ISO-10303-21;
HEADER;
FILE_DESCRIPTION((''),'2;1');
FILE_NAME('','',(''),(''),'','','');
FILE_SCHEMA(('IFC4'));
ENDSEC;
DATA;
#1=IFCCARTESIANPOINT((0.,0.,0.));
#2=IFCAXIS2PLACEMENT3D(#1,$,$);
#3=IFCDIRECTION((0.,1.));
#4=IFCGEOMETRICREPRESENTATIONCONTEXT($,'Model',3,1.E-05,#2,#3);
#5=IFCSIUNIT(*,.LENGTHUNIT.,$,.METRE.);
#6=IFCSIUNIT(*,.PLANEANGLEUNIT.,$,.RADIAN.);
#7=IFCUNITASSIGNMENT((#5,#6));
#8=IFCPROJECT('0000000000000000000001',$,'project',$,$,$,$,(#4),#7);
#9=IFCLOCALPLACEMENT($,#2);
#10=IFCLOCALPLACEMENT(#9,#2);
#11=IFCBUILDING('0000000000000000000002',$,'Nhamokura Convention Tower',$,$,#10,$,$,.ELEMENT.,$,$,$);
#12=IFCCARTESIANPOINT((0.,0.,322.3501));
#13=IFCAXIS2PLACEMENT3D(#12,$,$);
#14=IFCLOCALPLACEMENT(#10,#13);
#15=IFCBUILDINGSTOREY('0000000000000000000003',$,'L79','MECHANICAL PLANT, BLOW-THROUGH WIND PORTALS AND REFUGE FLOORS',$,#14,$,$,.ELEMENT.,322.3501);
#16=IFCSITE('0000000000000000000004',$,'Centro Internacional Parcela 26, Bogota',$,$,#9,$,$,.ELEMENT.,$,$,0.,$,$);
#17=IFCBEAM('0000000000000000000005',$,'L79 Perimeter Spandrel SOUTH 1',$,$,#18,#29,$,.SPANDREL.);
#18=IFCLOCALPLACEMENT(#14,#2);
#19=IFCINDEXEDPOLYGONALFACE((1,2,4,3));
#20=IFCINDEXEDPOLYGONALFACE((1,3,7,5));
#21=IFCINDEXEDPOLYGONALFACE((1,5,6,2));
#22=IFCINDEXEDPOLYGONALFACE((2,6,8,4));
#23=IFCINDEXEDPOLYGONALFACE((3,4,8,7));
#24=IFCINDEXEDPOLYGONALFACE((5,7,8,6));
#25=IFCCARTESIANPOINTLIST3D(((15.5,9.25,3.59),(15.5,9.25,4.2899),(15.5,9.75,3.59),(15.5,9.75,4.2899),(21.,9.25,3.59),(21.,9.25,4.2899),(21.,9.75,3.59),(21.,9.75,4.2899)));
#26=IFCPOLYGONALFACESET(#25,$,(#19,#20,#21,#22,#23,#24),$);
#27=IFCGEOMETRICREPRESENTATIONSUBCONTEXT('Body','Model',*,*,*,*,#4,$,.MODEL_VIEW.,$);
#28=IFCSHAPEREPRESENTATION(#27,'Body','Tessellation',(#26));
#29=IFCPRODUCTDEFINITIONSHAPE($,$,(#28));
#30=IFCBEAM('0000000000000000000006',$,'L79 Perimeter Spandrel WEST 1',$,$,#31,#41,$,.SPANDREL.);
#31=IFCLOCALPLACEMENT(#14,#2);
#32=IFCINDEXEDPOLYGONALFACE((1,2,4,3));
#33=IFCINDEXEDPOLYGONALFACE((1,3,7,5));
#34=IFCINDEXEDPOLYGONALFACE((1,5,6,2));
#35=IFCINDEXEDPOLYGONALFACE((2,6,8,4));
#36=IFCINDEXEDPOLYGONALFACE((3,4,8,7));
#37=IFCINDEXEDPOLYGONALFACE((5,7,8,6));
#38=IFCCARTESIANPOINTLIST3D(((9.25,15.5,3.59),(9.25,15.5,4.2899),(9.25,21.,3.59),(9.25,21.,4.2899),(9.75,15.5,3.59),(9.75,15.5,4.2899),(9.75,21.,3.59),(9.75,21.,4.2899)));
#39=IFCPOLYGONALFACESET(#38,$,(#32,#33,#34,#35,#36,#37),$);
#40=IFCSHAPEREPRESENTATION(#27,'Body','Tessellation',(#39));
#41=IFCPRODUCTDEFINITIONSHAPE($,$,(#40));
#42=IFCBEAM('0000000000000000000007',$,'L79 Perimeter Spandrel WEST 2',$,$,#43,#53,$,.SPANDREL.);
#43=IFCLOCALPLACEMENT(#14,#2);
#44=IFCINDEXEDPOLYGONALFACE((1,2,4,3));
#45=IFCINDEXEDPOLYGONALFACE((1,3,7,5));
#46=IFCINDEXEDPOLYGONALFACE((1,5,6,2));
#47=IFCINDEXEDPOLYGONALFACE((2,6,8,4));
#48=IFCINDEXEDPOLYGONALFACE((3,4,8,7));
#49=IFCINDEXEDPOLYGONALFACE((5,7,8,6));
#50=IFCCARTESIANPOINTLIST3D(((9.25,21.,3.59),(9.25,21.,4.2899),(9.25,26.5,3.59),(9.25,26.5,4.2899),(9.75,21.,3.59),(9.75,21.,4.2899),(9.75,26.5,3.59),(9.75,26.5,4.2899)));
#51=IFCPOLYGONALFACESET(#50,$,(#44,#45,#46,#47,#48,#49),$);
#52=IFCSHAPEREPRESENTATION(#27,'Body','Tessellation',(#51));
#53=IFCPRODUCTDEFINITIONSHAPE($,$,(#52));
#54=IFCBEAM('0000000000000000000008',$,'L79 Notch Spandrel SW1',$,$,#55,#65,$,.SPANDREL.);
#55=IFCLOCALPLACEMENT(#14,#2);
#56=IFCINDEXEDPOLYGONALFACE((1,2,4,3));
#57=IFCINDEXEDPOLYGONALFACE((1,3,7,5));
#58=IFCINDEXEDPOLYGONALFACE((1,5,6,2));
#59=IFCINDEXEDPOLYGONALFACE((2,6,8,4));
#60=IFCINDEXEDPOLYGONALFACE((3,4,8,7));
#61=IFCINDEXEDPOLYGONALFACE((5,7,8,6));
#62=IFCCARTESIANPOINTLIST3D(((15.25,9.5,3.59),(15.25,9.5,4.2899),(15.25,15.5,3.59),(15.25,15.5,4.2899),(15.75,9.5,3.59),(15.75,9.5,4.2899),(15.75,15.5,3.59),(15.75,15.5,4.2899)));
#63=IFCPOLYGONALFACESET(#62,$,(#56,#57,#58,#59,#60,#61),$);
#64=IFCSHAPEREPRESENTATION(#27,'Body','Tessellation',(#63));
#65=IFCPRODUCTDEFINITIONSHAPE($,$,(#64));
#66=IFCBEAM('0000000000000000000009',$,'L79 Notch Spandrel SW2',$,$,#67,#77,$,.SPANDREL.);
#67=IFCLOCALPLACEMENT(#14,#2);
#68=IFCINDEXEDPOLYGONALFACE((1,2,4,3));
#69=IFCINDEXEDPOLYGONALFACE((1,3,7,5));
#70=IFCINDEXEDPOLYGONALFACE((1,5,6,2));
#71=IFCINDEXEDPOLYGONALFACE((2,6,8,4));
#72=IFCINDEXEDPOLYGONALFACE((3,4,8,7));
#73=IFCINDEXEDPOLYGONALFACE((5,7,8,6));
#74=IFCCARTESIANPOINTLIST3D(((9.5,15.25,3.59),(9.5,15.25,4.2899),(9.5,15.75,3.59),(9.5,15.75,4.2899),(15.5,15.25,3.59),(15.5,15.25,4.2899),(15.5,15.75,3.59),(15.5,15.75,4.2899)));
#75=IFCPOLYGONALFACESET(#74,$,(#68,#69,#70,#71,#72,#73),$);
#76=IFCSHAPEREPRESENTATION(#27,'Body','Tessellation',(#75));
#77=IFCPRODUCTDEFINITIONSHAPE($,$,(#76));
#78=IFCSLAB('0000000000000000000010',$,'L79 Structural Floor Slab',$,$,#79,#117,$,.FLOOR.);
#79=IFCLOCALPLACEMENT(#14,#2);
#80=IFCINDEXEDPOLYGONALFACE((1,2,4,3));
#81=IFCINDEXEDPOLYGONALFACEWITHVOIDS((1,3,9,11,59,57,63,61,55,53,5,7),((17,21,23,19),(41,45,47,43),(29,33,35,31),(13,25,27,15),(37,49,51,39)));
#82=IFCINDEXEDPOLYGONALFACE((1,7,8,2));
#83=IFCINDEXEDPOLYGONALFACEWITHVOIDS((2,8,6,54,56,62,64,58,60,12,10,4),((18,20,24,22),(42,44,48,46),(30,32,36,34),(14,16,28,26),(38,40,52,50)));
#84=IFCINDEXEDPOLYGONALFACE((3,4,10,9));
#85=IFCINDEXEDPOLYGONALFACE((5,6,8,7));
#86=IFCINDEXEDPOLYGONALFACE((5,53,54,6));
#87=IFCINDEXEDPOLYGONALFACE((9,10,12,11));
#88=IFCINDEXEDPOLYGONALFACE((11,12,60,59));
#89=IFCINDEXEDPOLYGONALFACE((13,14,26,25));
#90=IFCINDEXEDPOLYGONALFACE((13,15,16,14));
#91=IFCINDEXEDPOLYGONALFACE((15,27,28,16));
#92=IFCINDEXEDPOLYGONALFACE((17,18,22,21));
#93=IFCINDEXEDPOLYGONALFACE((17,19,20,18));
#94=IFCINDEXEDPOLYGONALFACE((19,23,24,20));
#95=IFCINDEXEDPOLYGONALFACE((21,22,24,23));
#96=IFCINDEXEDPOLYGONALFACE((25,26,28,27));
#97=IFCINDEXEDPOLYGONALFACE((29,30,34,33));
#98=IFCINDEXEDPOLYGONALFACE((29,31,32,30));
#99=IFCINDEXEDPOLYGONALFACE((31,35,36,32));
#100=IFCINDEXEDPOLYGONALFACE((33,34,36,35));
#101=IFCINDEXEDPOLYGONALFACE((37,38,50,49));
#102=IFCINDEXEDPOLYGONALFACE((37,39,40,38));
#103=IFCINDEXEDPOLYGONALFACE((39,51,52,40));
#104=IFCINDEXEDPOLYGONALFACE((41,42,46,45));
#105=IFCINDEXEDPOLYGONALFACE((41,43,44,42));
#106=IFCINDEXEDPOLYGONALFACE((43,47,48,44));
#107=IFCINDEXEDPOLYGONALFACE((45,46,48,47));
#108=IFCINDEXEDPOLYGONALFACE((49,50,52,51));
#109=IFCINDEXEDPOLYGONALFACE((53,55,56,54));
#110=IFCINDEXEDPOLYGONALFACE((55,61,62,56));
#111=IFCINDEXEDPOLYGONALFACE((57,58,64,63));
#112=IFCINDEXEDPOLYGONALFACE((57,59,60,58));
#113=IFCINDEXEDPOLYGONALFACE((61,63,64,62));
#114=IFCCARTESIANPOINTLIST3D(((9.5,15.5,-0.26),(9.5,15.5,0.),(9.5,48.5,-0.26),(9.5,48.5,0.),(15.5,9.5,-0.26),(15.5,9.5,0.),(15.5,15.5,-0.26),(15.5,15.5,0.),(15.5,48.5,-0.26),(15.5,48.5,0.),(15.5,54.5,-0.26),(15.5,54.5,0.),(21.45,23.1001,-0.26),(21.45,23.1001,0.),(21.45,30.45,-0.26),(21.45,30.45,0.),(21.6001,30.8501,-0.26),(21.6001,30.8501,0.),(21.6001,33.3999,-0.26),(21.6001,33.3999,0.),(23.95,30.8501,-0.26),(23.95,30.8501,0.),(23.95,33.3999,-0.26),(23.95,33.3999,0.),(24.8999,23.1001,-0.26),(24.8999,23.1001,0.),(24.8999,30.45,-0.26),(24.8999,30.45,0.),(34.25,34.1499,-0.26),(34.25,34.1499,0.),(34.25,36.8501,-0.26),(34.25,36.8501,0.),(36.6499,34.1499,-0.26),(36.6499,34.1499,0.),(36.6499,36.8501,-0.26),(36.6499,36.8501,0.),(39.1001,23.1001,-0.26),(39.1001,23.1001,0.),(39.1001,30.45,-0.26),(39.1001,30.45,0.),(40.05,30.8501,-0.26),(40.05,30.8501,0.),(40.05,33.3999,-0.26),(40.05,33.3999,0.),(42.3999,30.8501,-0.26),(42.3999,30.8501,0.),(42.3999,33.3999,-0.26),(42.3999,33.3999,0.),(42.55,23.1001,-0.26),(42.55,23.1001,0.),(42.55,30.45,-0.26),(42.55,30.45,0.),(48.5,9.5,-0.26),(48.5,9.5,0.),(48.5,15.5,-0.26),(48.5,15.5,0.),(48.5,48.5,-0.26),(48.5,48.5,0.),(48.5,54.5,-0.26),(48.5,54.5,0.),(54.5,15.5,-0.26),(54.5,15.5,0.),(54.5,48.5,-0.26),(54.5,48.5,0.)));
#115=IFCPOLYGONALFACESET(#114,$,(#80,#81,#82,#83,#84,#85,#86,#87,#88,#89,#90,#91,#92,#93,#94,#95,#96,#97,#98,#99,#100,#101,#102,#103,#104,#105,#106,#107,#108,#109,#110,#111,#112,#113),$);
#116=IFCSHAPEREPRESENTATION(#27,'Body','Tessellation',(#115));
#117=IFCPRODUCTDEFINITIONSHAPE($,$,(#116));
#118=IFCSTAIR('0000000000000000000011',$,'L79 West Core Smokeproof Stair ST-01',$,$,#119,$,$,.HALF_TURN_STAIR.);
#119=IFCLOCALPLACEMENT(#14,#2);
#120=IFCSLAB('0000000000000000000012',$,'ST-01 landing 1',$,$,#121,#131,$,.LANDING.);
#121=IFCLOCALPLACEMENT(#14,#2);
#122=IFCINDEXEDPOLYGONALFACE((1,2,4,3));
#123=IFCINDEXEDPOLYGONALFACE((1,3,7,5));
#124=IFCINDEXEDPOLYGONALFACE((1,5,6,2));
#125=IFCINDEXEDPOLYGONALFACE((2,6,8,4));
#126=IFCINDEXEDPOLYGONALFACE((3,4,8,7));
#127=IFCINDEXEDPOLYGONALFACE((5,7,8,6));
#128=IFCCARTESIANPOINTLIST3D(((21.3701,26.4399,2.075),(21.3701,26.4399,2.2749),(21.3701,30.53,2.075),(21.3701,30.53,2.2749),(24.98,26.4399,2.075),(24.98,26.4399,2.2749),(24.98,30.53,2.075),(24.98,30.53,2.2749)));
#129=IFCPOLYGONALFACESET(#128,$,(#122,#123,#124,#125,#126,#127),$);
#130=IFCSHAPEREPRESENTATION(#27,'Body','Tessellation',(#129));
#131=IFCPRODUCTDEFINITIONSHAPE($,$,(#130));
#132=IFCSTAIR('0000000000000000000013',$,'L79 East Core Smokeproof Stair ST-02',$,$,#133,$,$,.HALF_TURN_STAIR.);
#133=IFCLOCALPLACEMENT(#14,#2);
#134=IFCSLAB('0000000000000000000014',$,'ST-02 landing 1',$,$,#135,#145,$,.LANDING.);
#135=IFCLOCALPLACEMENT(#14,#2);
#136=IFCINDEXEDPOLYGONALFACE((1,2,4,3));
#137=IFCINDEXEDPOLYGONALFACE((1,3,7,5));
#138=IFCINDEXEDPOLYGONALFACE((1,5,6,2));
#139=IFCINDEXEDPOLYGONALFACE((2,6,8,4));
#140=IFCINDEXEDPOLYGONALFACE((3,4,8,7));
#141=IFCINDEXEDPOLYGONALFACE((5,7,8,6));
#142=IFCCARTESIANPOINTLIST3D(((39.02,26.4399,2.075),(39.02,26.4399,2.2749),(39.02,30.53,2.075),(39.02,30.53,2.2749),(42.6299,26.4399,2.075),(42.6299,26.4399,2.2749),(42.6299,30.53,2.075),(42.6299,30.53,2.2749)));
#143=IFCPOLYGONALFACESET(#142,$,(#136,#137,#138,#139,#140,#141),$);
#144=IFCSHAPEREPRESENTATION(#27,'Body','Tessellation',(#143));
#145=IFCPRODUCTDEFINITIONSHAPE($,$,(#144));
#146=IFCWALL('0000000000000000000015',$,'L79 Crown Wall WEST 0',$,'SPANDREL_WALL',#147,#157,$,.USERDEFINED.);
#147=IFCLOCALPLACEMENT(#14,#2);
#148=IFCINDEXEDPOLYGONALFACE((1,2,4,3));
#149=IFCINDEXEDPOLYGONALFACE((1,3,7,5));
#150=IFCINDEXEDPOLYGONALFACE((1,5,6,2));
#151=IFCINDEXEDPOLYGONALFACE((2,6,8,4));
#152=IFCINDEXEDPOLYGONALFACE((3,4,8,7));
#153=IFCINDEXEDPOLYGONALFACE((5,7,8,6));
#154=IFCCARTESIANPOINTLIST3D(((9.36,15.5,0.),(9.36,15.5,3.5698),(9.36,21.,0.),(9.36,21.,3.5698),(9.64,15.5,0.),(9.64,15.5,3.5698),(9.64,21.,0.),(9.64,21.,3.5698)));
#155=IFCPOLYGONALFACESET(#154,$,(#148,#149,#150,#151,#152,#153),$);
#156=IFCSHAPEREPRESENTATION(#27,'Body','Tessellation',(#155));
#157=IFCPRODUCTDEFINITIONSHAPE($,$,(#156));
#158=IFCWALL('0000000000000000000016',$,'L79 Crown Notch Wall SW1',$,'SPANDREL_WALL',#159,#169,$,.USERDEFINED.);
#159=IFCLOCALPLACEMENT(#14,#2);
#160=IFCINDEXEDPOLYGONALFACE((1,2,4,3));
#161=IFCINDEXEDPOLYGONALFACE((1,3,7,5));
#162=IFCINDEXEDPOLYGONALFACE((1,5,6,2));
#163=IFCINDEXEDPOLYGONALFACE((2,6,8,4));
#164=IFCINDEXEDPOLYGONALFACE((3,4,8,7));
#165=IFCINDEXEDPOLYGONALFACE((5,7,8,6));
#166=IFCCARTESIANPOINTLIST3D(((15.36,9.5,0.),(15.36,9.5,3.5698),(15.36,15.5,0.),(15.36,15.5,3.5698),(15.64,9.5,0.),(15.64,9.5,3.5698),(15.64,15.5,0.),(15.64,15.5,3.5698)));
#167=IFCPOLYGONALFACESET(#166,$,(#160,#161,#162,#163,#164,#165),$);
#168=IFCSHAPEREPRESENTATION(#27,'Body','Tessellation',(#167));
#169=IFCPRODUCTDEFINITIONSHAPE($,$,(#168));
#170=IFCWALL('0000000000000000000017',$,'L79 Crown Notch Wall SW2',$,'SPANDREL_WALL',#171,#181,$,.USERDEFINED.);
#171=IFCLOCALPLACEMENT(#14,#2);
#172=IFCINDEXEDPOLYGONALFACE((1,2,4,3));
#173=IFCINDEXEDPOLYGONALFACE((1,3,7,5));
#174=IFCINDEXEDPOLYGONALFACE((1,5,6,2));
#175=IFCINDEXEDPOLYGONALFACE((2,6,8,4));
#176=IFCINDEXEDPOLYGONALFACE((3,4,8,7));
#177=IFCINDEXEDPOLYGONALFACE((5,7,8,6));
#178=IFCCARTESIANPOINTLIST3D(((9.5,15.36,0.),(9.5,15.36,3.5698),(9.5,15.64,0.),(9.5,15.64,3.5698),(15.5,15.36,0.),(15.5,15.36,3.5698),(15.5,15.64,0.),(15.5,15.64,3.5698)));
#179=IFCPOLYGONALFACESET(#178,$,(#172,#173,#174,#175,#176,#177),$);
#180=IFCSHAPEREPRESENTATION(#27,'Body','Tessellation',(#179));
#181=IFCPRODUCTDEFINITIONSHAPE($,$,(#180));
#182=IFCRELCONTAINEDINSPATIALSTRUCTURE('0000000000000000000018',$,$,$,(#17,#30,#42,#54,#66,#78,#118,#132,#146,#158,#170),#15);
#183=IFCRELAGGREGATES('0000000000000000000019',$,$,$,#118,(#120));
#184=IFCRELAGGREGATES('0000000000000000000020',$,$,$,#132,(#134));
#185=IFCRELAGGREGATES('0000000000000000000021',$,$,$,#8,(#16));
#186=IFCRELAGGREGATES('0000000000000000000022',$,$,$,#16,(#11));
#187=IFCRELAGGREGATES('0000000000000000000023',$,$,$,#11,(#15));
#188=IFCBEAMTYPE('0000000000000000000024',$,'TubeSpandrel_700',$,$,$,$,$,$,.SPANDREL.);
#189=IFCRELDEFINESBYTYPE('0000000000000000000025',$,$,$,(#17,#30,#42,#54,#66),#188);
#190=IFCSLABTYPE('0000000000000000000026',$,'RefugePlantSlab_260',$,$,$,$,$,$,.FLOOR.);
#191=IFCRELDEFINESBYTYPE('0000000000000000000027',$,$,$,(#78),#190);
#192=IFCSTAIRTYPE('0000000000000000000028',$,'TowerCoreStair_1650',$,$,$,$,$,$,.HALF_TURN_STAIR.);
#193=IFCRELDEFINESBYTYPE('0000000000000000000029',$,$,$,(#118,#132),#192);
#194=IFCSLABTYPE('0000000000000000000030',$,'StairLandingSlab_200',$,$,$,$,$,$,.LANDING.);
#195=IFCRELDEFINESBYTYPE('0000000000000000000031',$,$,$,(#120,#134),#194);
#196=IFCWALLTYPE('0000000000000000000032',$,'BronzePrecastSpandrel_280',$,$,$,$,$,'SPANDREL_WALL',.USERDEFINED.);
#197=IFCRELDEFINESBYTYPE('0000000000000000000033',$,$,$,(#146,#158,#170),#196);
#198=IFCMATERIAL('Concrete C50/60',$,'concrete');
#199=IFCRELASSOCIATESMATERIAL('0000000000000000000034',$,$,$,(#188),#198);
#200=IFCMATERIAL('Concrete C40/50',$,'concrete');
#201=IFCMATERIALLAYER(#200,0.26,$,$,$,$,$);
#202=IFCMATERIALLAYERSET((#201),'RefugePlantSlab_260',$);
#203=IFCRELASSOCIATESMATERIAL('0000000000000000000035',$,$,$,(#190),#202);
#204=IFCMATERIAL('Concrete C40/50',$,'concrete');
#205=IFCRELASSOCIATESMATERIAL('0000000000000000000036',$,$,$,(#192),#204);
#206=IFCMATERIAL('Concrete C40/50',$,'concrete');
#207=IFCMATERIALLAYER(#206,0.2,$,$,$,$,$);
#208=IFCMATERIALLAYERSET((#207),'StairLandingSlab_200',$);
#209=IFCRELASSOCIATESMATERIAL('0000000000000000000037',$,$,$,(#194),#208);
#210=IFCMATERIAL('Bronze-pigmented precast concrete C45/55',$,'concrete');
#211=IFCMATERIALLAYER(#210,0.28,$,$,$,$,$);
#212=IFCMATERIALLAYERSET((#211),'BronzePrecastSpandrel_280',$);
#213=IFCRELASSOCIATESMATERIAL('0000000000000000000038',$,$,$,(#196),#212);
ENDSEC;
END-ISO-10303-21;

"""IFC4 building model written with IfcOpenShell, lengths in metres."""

from ifc_helpers import new_model, si_unit, direction, frame, frame_2d, origin, origin_2d, place, context, subcontext, project, spatial, polyline, rectangle, outline, extrude, material, layer, layer_set, material_profile, profile_set, type_object, element, aggregate, save


model = new_model("IFC4")

# Units and contexts
model_context = context("Model", 3, precision=1e-05, world=origin(), true_north=direction((0.0, 1.0)))
body_context = subcontext(model_context, "Body", "Model", "MODEL_VIEW")
ifc_project = project(units=[si_unit("LENGTHUNIT", "METRE"), si_unit("PLANEANGLEUNIT", "RADIAN")], contexts=[model_context])

# Site, building, storey
site_placement = place(None, origin())
site = spatial("IfcSite", under=ifc_project, at=site_placement, Name="Centro Internacional Parcela 26, Bogota", CompositionType="ELEMENT", RefElevation=0.0)
building_placement = place(site_placement, origin())
building = spatial("IfcBuilding", under=site, at=building_placement, Name="Nhamokura Convention Tower", CompositionType="ELEMENT")
storey_placement = place(building_placement, frame((0.0, 0.0, 322.3501)))
storey = spatial("IfcBuildingStorey", under=building, at=storey_placement, Name="L79", Description="MECHANICAL PLANT, BLOW-THROUGH WIND PORTALS AND REFUGE FLOORS", CompositionType="ELEMENT", Elevation=322.3501)

# Beams
ifc_material_1 = material(Name="Concrete C50/60", Category="concrete")
ifc_material_profile_1 = material_profile(ifc_material_1, rectangle(XDim=0.5, YDim=0.7, at=origin_2d()))
ifc_profile_set_1 = profile_set([ifc_material_profile_1], Name="Concrete C50/60")
beam_type_1 = type_object("IfcBeamType", Name="TubeSpandrel_700", PredefinedType="SPANDREL", material=ifc_profile_set_1)
for number, where, z_axis, x_axis, name in (
    (1, (15.5, 9.5, 3.9399), (1.0, 0.0, 0.0), (0.0, 1.0, 0.0), "L79 Perimeter Spandrel SOUTH 1"),
    (2, (9.5, 15.5, 3.9399), (0.0, 1.0, 0.0), (-1.0, 0.0, 0.0), "L79 Perimeter Spandrel WEST 1"),
    (3, (9.5, 21.0, 3.9399), (0.0, 1.0, 0.0), (-1.0, 0.0, 0.0), "L79 Perimeter Spandrel WEST 2"),
):
    element("IfcBeam", number, at=place(storey_placement, frame(where, z_axis=z_axis, x_axis=x_axis)), inside=storey, type_object=beam_type_1, Name=name, PredefinedType="SPANDREL", context=body_context, shape_type="SweptSolid", body=[
        extrude(rectangle(XDim=0.5, YDim=0.7, at=origin_2d()), origin(), (0.0, 0.0, 1.0), 5.5),
    ])
for number, where, z_axis, x_axis, name in (
    (4, (15.5, 9.5, 3.9399), (0.0, 1.0, 0.0), (-1.0, 0.0, 0.0), "L79 Notch Spandrel SW1"),
    (5, (15.5, 15.5, 3.9399), (-1.0, 0.0, 0.0), (0.0, -1.0, 0.0), "L79 Notch Spandrel SW2"),
):
    element("IfcBeam", number, at=place(storey_placement, frame(where, z_axis=z_axis, x_axis=x_axis)), inside=storey, type_object=beam_type_1, Name=name, PredefinedType="SPANDREL", context=body_context, shape_type="SweptSolid", body=[
        extrude(rectangle(XDim=0.5, YDim=0.7, at=origin_2d()), origin(), (0.0, 0.0, 1.0), 6.0),
    ])

# Slab
ifc_material_2 = material(Name="Concrete C40/50", Category="concrete")
ifc_layer_1 = layer(ifc_material_2, 0.26)
ifc_layer_set_1 = layer_set([ifc_layer_1], Name="RefugePlantSlab_260")
slab_type_1 = type_object("IfcSlabType", Name="RefugePlantSlab_260", PredefinedType="FLOOR", material=ifc_layer_set_1)
slab_1_placement = place(storey_placement, frame((0.0, 0.0, -0.26)))
element("IfcSlab", 6, at=slab_1_placement, inside=storey, type_object=slab_type_1, Name="L79 Structural Floor Slab", PredefinedType="FLOOR", context=body_context, shape_type="SweptSolid", body=[
    extrude(outline(polyline([(15.5, 9.5), (48.5, 9.5), (48.5, 15.5), (54.5, 15.5), (54.5, 48.5), (48.5, 48.5), (48.5, 54.5), (15.5, 54.5), (15.5, 48.5), (9.5, 48.5), (9.5, 15.5), (15.5, 15.5), (15.5, 9.5)]), holes=[polyline([(24.8999, 23.1001), (24.8999, 30.45), (21.45, 30.45), (21.45, 23.1001), (24.8999, 23.1001)]), polyline([(42.55, 23.1001), (42.55, 30.45), (39.1001, 30.45), (39.1001, 23.1001), (42.55, 23.1001)]), polyline([(21.6001, 30.8501), (23.95, 30.8501), (23.95, 33.3999), (21.6001, 33.3999), (21.6001, 30.8501)]), polyline([(40.05, 30.8501), (42.3999, 30.8501), (42.3999, 33.3999), (40.05, 33.3999), (40.05, 30.8501)]), polyline([(34.25, 34.1499), (36.6499, 34.1499), (36.6499, 36.8501), (34.25, 36.8501), (34.25, 34.1499)])]), origin(), (0.0, 0.0, 1.0), 0.26),
])

# Stairs, slabs
ifc_material_3 = material(Name="Concrete C40/50", Category="concrete")
stair_type = type_object("IfcStairType", Name="TowerCoreStair_1650", PredefinedType="HALF_TURN_STAIR", material=ifc_material_3)
stair_1_placement = place(storey_placement, origin())
stair_1 = element("IfcStair", 7, at=stair_1_placement, inside=storey, type_object=stair_type, Name="L79 West Core Smokeproof Stair ST-01", PredefinedType="HALF_TURN_STAIR")
ifc_material_4 = material(Name="Concrete C40/50", Category="concrete")
ifc_layer_2 = layer(ifc_material_4, 0.2)
ifc_layer_set_2 = layer_set([ifc_layer_2], Name="StairLandingSlab_200")
slab_type_2 = type_object("IfcSlabType", Name="StairLandingSlab_200", PredefinedType="LANDING", material=ifc_layer_set_2)
slab_2_placement = place(storey_placement, frame((0.0, 0.0, 2.075)))
slab_2 = element("IfcSlab", 8, at=slab_2_placement, type_object=slab_type_2, Name="ST-01 landing 1", PredefinedType="LANDING", context=body_context, shape_type="SweptSolid", body=[
    extrude(outline(polyline([(24.98, 26.4399), (24.98, 30.53), (21.3701, 30.53), (21.3701, 26.4399), (24.98, 26.4399)])), origin(), (0.0, 0.0, 1.0), 0.2),
])
aggregate(stair_1, [slab_2])
stair_2_placement = place(storey_placement, origin())
stair_2 = element("IfcStair", 9, at=stair_2_placement, inside=storey, type_object=stair_type, Name="L79 East Core Smokeproof Stair ST-02", PredefinedType="HALF_TURN_STAIR")
slab_3_placement = place(storey_placement, frame((0.0, 0.0, 2.075)))
slab_3 = element("IfcSlab", 10, at=slab_3_placement, type_object=slab_type_2, Name="ST-02 landing 1", PredefinedType="LANDING", context=body_context, shape_type="SweptSolid", body=[
    extrude(outline(polyline([(42.6299, 26.4399), (42.6299, 30.53), (39.02, 30.53), (39.02, 26.4399), (42.6299, 26.4399)])), origin(), (0.0, 0.0, 1.0), 0.2),
])
aggregate(stair_2, [slab_3])

# Walls
ifc_material_5 = material(Name="Bronze-pigmented precast concrete C45/55", Category="concrete")
ifc_layer_3 = layer(ifc_material_5, 0.28)
ifc_layer_set_3 = layer_set([ifc_layer_3], Name="BronzePrecastSpandrel_280")
wall_type_1 = type_object("IfcWallType", Name="BronzePrecastSpandrel_280", ElementType="SPANDREL_WALL", PredefinedType="USERDEFINED", material=ifc_layer_set_3)
wall_1_placement = place(storey_placement, frame((9.5, 15.5, 0.0), z_axis=(0.0, 0.0, 1.0), x_axis=(0.0, 1.0, 0.0)))
element("IfcWall", 11, at=wall_1_placement, inside=storey, type_object=wall_type_1, Name="L79 Crown Wall WEST 0", ObjectType="SPANDREL_WALL", PredefinedType="USERDEFINED", context=body_context, shape_type="SweptSolid", body=[
    extrude(rectangle(XDim=5.5, YDim=0.28, at=frame_2d((2.75, 0.0))), origin(), (0.0, 0.0, 1.0), 3.5698),
])
for number, where, z_axis, x_axis, name in (
    (12, (15.5, 9.5, 0.0), (0.0, 0.0, 1.0), (0.0, 1.0, 0.0), "L79 Crown Notch Wall SW1"),
    (13, (15.5, 15.5, 0.0), (0.0, 0.0, 1.0), (-1.0, 0.0, 0.0), "L79 Crown Notch Wall SW2"),
):
    element("IfcWall", number, at=place(storey_placement, frame(where, z_axis=z_axis, x_axis=x_axis)), inside=storey, type_object=wall_type_1, Name=name, ObjectType="SPANDREL_WALL", PredefinedType="USERDEFINED", context=body_context, shape_type="SweptSolid", body=[
        extrude(rectangle(XDim=6.0, YDim=0.28, at=frame_2d((3.0, 0.0))), origin(), (0.0, 0.0, 1.0), 3.5698),
    ])

save(model, "model.ifc")
